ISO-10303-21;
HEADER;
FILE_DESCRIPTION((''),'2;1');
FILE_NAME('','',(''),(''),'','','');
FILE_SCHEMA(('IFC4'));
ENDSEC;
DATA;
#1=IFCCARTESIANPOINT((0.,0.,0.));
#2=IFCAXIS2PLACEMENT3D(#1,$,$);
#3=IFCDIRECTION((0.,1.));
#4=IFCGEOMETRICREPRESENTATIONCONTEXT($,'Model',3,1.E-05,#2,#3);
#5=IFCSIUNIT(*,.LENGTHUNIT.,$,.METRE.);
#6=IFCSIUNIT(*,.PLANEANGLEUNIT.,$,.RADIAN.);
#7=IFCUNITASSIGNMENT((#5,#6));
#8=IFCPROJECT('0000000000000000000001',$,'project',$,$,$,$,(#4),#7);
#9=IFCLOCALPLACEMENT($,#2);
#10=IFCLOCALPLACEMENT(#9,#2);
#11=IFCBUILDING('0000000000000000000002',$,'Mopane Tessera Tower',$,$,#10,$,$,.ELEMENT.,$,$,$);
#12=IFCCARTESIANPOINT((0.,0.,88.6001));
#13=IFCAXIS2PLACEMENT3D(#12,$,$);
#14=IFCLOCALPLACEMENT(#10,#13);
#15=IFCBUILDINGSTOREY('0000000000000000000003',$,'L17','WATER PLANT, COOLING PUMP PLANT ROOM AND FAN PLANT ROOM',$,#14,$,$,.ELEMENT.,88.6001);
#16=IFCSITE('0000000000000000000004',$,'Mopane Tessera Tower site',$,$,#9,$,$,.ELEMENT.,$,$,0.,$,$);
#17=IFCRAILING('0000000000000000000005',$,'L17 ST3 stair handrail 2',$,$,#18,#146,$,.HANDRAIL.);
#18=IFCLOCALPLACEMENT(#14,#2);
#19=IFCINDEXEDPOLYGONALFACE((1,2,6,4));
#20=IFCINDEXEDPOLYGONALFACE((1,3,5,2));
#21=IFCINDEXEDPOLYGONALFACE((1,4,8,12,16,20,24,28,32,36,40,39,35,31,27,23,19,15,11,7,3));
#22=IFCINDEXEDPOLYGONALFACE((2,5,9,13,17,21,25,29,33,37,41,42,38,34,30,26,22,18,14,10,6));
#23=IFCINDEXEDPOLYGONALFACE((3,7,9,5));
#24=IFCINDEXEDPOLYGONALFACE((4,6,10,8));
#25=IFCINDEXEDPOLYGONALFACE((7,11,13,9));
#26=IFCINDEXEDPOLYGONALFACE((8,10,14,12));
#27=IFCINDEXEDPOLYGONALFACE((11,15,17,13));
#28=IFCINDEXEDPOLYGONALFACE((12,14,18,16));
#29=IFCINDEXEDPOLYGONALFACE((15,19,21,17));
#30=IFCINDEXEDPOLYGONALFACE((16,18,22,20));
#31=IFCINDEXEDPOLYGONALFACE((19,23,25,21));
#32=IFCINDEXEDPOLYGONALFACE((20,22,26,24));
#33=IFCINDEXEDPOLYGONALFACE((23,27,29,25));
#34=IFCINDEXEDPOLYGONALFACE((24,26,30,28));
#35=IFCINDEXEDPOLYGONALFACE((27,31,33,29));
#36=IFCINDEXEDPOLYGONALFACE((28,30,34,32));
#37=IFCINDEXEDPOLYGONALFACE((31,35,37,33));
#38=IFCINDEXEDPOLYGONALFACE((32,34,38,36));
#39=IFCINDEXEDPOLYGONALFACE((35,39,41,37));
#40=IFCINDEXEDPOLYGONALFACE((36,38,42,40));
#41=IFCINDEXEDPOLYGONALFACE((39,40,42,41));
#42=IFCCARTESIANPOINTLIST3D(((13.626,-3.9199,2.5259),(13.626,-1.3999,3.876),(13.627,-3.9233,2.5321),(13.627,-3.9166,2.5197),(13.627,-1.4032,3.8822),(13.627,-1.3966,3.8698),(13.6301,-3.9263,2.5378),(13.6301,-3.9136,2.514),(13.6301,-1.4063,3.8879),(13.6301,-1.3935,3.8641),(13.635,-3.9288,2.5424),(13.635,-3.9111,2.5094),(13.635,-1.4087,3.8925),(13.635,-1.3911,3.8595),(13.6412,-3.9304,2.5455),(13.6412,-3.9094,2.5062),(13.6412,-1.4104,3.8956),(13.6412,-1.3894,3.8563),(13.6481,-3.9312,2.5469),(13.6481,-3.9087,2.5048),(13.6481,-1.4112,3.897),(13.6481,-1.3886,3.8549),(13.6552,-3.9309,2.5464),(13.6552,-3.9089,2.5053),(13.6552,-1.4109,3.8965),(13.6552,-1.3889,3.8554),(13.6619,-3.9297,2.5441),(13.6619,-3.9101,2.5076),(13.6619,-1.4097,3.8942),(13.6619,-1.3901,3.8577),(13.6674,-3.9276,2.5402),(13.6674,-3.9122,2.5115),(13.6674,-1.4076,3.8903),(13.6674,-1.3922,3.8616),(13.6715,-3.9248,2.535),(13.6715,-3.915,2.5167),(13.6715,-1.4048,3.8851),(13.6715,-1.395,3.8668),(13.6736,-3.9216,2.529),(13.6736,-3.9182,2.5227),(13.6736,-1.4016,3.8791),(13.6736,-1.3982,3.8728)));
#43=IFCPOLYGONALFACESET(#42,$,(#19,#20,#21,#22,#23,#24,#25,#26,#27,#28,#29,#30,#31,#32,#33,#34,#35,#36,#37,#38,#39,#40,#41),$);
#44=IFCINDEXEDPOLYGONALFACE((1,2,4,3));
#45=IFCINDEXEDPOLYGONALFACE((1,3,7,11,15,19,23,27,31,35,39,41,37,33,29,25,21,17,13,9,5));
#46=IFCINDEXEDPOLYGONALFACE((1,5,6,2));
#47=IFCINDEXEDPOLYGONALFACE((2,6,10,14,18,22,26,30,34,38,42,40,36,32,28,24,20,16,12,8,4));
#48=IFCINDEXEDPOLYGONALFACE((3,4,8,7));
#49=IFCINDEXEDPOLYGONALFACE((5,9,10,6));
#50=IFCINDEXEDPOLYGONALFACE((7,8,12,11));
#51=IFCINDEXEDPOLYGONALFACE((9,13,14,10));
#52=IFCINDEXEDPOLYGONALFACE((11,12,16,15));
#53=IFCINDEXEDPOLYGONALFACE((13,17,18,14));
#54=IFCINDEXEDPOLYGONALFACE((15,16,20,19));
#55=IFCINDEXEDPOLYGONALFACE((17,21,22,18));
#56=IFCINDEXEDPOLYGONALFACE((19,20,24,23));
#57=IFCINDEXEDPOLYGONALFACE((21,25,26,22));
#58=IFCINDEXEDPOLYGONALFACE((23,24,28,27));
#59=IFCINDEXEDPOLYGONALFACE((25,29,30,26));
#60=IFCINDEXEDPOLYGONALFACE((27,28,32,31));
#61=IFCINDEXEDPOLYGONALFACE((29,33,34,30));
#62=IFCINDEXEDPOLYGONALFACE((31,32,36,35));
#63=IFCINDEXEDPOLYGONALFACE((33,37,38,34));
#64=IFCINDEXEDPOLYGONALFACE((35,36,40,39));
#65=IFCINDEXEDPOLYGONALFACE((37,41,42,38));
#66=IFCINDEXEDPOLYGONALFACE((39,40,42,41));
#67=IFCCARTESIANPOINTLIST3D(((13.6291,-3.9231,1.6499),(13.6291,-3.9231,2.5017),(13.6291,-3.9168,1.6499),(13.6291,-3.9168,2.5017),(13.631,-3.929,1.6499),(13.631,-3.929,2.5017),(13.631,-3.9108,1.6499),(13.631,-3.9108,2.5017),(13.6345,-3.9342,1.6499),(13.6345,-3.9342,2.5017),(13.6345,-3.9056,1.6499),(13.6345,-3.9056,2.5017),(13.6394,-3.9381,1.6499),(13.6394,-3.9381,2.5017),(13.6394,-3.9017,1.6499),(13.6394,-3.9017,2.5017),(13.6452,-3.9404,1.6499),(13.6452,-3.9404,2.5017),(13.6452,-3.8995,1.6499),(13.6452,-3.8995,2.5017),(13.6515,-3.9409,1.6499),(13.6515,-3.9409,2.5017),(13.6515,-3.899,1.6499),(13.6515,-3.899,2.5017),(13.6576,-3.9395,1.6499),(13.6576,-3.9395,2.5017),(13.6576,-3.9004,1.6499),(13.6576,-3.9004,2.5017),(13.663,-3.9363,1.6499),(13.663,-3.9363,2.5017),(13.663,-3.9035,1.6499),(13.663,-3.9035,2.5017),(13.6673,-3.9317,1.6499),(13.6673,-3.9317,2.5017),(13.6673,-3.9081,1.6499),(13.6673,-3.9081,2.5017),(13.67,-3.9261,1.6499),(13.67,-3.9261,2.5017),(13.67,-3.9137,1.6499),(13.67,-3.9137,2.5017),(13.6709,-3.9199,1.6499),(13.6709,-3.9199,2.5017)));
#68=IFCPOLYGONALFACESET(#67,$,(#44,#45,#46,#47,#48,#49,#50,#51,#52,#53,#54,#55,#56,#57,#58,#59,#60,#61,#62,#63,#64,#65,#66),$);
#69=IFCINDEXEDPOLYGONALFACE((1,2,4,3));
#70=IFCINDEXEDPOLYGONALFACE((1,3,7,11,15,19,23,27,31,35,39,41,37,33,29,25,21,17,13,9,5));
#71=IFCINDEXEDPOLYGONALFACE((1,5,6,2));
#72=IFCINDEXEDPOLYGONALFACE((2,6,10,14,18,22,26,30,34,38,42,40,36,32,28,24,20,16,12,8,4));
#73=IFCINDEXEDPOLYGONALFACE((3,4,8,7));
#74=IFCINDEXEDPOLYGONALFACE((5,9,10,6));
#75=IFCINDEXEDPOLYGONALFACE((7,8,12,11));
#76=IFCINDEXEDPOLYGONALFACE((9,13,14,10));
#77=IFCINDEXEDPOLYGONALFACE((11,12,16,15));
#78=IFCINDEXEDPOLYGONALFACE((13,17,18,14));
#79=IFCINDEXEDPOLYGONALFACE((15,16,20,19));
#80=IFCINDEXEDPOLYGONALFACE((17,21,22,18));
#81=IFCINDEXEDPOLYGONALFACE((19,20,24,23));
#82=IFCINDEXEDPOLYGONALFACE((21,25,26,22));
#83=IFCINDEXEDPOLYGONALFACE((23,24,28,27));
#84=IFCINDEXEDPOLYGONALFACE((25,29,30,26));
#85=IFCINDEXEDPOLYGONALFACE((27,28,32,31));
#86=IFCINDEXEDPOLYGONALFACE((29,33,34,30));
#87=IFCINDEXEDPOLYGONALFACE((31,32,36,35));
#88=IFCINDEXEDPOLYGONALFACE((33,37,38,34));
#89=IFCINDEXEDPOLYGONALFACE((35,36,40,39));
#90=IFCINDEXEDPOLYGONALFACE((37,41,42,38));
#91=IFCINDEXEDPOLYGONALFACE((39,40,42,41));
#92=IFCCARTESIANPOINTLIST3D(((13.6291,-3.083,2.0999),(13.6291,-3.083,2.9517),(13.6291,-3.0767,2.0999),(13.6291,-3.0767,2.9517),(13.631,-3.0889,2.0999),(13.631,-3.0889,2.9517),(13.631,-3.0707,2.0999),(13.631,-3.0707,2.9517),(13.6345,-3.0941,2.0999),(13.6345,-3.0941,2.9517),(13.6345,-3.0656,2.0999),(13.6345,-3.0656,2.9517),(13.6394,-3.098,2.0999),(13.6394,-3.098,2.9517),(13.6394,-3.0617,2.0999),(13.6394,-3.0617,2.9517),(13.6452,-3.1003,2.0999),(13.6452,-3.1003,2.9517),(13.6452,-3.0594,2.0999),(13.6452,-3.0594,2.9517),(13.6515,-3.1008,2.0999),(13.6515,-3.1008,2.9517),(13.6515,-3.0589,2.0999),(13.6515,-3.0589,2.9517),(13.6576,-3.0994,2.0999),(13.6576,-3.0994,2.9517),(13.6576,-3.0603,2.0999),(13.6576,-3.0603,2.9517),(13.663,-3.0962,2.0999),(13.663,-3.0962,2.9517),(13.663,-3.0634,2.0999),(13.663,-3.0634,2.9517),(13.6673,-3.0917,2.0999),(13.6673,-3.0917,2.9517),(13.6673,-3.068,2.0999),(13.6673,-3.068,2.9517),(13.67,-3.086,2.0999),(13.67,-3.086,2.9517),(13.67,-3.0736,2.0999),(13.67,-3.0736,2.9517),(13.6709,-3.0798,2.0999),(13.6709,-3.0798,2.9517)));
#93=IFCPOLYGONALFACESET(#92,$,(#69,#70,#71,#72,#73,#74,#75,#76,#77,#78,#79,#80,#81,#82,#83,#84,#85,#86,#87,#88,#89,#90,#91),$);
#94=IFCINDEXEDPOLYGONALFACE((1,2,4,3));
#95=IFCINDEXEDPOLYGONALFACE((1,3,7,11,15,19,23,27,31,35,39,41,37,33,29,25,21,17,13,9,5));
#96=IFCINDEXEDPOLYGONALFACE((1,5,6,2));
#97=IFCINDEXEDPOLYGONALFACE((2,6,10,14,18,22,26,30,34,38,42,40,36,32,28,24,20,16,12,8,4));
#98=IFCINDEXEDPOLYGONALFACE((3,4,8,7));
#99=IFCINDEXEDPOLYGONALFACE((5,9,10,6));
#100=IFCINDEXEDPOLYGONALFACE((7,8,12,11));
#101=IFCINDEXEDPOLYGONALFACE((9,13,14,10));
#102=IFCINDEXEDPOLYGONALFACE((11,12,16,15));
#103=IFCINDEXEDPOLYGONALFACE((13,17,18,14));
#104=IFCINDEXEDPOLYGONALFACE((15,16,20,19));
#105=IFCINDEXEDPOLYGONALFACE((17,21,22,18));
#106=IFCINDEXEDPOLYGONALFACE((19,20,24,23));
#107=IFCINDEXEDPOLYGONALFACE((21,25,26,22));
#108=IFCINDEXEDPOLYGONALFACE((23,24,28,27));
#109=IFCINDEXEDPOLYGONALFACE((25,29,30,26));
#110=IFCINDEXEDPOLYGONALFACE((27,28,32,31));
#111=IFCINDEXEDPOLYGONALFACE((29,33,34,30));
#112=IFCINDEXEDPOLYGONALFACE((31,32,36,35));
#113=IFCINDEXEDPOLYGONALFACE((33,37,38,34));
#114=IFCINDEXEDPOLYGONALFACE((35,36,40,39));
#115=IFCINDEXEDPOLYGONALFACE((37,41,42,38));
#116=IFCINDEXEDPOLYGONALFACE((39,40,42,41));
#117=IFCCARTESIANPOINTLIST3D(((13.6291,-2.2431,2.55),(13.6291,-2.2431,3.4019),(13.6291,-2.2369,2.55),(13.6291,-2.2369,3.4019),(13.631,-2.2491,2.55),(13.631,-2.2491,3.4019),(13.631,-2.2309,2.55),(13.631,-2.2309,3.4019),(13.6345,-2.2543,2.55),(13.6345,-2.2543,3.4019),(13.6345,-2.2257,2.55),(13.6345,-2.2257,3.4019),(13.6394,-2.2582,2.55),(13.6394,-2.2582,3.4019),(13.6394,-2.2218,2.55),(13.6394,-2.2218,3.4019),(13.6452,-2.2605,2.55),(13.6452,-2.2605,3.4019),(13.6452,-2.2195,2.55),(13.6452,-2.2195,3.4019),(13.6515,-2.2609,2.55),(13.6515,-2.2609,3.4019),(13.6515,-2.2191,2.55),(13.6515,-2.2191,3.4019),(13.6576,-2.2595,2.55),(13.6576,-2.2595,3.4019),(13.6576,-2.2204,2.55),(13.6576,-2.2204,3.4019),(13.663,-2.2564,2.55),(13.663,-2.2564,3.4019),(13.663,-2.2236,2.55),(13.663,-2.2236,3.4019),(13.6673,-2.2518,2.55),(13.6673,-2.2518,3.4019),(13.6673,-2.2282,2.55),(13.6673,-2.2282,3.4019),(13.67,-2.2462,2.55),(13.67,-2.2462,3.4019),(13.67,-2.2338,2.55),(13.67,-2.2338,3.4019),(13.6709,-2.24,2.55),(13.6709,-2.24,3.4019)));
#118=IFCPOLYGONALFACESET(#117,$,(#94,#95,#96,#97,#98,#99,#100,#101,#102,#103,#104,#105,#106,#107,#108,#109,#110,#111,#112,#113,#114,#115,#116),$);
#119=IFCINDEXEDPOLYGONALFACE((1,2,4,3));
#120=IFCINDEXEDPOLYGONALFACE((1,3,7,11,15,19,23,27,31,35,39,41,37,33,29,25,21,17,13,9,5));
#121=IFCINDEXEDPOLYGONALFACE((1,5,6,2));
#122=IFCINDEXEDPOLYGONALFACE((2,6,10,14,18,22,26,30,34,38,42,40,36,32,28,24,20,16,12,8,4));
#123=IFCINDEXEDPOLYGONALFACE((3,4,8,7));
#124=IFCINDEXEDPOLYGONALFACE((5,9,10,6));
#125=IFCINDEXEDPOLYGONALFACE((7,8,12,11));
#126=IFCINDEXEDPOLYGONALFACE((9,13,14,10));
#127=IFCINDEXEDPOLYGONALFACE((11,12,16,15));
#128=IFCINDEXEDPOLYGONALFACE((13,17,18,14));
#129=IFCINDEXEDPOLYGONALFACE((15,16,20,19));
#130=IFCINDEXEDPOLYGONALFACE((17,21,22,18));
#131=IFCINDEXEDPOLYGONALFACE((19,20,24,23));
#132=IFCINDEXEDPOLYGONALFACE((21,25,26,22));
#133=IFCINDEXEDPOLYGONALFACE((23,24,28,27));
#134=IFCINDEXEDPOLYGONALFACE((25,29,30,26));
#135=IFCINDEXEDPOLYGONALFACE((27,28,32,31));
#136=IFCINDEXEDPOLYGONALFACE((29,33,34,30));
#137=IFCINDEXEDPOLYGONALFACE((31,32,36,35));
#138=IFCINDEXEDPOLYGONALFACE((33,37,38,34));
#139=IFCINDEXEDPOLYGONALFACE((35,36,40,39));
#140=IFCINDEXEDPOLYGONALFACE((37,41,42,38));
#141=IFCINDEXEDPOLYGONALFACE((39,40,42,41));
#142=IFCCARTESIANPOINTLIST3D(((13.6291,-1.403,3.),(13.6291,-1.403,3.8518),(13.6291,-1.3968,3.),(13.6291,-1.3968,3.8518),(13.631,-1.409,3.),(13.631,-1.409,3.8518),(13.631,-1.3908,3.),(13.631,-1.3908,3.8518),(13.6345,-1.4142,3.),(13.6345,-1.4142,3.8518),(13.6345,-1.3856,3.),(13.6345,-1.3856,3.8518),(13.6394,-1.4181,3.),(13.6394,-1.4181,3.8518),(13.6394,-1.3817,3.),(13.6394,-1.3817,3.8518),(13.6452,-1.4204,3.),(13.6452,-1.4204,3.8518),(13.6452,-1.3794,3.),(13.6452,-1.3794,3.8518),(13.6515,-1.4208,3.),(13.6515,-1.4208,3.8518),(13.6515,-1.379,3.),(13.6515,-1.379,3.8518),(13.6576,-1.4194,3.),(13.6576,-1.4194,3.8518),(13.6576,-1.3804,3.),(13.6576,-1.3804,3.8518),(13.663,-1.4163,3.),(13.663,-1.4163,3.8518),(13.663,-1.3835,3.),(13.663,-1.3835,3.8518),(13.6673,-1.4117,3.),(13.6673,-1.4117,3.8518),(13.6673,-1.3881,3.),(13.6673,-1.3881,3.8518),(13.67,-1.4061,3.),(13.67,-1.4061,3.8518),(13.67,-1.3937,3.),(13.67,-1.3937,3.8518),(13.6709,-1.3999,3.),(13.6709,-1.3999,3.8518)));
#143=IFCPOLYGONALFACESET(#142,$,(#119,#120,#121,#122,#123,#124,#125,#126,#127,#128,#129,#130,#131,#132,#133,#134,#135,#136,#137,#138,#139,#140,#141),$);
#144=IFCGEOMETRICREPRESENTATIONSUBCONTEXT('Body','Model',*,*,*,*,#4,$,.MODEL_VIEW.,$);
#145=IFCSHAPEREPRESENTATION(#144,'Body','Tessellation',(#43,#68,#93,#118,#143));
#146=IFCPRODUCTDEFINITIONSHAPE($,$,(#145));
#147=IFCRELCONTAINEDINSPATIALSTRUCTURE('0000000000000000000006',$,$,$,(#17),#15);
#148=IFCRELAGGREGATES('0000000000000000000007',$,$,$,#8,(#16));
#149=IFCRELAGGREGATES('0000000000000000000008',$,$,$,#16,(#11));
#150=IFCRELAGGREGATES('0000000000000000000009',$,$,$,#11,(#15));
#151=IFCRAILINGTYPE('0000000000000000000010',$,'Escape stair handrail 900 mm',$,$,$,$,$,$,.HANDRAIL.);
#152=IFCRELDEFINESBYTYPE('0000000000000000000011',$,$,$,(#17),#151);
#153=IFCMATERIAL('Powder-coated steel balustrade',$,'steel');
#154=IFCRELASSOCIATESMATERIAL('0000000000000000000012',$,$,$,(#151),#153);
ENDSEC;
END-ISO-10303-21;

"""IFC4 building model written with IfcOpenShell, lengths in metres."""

from ifc_helpers import new_model, si_unit, direction, frame, origin, origin_2d, place, context, subcontext, project, spatial, circle, extrude, material, type_object, element, save


model = new_model("IFC4")

# Units and contexts
model_context = context("Model", 3, precision=1e-05, world=origin(), true_north=direction((0.0, 1.0)))
body_context = subcontext(model_context, "Body", "Model", "MODEL_VIEW")
ifc_project = project(units=[si_unit("LENGTHUNIT", "METRE"), si_unit("PLANEANGLEUNIT", "RADIAN")], contexts=[model_context])

# Site, building, storey
site_placement = place(None, origin())
site = spatial("IfcSite", under=ifc_project, at=site_placement, Name="Mopane Tessera Tower site", CompositionType="ELEMENT", RefElevation=0.0)
building_placement = place(site_placement, origin())
building = spatial("IfcBuilding", under=site, at=building_placement, Name="Mopane Tessera Tower", CompositionType="ELEMENT")
storey_placement = place(building_placement, frame((0.0, 0.0, 88.6001)))
storey = spatial("IfcBuildingStorey", under=building, at=storey_placement, Name="L17", Description="WATER PLANT, COOLING PUMP PLANT ROOM AND FAN PLANT ROOM", CompositionType="ELEMENT", Elevation=88.6001)

# Railing
ifc_material_1 = material(Name="Powder-coated steel balustrade", Category="steel")
railing_type_1 = type_object("IfcRailingType", Name="Escape stair handrail 900 mm", PredefinedType="HANDRAIL", material=ifc_material_1)
railing_1_placement = place(storey_placement, frame((13.6499, -3.9199, 1.6499)))
element("IfcRailing", 1, at=railing_1_placement, inside=storey, type_object=railing_type_1, Name="L17 ST3 stair handrail 2", PredefinedType="HANDRAIL", context=body_context, shape_type="SweptSolid", body=[
    extrude(circle(Radius=0.0239, at=origin_2d()), frame((0.0, 0.0, 0.876), z_axis=(0.0, 0.881467, 0.472245), x_axis=(-1.0, 0.0, 0.0)), (0.0, 0.0, 1.0), 2.8589),
    extrude(circle(Radius=0.021, at=origin_2d()), origin(), (0.0, 0.0, 1.0), 0.8518),
    extrude(circle(Radius=0.021, at=origin_2d()), frame((0.0, 0.8401, 0.45)), (0.0, 0.0, 1.0), 0.8518),
    extrude(circle(Radius=0.021, at=origin_2d()), frame((0.0, 1.6799, 0.9001)), (0.0, 0.0, 1.0), 0.8518),
    extrude(circle(Radius=0.021, at=origin_2d()), frame((0.0, 2.52, 1.3501)), (0.0, 0.0, 1.0), 0.8518),
])

save(model, "model.ifc")
